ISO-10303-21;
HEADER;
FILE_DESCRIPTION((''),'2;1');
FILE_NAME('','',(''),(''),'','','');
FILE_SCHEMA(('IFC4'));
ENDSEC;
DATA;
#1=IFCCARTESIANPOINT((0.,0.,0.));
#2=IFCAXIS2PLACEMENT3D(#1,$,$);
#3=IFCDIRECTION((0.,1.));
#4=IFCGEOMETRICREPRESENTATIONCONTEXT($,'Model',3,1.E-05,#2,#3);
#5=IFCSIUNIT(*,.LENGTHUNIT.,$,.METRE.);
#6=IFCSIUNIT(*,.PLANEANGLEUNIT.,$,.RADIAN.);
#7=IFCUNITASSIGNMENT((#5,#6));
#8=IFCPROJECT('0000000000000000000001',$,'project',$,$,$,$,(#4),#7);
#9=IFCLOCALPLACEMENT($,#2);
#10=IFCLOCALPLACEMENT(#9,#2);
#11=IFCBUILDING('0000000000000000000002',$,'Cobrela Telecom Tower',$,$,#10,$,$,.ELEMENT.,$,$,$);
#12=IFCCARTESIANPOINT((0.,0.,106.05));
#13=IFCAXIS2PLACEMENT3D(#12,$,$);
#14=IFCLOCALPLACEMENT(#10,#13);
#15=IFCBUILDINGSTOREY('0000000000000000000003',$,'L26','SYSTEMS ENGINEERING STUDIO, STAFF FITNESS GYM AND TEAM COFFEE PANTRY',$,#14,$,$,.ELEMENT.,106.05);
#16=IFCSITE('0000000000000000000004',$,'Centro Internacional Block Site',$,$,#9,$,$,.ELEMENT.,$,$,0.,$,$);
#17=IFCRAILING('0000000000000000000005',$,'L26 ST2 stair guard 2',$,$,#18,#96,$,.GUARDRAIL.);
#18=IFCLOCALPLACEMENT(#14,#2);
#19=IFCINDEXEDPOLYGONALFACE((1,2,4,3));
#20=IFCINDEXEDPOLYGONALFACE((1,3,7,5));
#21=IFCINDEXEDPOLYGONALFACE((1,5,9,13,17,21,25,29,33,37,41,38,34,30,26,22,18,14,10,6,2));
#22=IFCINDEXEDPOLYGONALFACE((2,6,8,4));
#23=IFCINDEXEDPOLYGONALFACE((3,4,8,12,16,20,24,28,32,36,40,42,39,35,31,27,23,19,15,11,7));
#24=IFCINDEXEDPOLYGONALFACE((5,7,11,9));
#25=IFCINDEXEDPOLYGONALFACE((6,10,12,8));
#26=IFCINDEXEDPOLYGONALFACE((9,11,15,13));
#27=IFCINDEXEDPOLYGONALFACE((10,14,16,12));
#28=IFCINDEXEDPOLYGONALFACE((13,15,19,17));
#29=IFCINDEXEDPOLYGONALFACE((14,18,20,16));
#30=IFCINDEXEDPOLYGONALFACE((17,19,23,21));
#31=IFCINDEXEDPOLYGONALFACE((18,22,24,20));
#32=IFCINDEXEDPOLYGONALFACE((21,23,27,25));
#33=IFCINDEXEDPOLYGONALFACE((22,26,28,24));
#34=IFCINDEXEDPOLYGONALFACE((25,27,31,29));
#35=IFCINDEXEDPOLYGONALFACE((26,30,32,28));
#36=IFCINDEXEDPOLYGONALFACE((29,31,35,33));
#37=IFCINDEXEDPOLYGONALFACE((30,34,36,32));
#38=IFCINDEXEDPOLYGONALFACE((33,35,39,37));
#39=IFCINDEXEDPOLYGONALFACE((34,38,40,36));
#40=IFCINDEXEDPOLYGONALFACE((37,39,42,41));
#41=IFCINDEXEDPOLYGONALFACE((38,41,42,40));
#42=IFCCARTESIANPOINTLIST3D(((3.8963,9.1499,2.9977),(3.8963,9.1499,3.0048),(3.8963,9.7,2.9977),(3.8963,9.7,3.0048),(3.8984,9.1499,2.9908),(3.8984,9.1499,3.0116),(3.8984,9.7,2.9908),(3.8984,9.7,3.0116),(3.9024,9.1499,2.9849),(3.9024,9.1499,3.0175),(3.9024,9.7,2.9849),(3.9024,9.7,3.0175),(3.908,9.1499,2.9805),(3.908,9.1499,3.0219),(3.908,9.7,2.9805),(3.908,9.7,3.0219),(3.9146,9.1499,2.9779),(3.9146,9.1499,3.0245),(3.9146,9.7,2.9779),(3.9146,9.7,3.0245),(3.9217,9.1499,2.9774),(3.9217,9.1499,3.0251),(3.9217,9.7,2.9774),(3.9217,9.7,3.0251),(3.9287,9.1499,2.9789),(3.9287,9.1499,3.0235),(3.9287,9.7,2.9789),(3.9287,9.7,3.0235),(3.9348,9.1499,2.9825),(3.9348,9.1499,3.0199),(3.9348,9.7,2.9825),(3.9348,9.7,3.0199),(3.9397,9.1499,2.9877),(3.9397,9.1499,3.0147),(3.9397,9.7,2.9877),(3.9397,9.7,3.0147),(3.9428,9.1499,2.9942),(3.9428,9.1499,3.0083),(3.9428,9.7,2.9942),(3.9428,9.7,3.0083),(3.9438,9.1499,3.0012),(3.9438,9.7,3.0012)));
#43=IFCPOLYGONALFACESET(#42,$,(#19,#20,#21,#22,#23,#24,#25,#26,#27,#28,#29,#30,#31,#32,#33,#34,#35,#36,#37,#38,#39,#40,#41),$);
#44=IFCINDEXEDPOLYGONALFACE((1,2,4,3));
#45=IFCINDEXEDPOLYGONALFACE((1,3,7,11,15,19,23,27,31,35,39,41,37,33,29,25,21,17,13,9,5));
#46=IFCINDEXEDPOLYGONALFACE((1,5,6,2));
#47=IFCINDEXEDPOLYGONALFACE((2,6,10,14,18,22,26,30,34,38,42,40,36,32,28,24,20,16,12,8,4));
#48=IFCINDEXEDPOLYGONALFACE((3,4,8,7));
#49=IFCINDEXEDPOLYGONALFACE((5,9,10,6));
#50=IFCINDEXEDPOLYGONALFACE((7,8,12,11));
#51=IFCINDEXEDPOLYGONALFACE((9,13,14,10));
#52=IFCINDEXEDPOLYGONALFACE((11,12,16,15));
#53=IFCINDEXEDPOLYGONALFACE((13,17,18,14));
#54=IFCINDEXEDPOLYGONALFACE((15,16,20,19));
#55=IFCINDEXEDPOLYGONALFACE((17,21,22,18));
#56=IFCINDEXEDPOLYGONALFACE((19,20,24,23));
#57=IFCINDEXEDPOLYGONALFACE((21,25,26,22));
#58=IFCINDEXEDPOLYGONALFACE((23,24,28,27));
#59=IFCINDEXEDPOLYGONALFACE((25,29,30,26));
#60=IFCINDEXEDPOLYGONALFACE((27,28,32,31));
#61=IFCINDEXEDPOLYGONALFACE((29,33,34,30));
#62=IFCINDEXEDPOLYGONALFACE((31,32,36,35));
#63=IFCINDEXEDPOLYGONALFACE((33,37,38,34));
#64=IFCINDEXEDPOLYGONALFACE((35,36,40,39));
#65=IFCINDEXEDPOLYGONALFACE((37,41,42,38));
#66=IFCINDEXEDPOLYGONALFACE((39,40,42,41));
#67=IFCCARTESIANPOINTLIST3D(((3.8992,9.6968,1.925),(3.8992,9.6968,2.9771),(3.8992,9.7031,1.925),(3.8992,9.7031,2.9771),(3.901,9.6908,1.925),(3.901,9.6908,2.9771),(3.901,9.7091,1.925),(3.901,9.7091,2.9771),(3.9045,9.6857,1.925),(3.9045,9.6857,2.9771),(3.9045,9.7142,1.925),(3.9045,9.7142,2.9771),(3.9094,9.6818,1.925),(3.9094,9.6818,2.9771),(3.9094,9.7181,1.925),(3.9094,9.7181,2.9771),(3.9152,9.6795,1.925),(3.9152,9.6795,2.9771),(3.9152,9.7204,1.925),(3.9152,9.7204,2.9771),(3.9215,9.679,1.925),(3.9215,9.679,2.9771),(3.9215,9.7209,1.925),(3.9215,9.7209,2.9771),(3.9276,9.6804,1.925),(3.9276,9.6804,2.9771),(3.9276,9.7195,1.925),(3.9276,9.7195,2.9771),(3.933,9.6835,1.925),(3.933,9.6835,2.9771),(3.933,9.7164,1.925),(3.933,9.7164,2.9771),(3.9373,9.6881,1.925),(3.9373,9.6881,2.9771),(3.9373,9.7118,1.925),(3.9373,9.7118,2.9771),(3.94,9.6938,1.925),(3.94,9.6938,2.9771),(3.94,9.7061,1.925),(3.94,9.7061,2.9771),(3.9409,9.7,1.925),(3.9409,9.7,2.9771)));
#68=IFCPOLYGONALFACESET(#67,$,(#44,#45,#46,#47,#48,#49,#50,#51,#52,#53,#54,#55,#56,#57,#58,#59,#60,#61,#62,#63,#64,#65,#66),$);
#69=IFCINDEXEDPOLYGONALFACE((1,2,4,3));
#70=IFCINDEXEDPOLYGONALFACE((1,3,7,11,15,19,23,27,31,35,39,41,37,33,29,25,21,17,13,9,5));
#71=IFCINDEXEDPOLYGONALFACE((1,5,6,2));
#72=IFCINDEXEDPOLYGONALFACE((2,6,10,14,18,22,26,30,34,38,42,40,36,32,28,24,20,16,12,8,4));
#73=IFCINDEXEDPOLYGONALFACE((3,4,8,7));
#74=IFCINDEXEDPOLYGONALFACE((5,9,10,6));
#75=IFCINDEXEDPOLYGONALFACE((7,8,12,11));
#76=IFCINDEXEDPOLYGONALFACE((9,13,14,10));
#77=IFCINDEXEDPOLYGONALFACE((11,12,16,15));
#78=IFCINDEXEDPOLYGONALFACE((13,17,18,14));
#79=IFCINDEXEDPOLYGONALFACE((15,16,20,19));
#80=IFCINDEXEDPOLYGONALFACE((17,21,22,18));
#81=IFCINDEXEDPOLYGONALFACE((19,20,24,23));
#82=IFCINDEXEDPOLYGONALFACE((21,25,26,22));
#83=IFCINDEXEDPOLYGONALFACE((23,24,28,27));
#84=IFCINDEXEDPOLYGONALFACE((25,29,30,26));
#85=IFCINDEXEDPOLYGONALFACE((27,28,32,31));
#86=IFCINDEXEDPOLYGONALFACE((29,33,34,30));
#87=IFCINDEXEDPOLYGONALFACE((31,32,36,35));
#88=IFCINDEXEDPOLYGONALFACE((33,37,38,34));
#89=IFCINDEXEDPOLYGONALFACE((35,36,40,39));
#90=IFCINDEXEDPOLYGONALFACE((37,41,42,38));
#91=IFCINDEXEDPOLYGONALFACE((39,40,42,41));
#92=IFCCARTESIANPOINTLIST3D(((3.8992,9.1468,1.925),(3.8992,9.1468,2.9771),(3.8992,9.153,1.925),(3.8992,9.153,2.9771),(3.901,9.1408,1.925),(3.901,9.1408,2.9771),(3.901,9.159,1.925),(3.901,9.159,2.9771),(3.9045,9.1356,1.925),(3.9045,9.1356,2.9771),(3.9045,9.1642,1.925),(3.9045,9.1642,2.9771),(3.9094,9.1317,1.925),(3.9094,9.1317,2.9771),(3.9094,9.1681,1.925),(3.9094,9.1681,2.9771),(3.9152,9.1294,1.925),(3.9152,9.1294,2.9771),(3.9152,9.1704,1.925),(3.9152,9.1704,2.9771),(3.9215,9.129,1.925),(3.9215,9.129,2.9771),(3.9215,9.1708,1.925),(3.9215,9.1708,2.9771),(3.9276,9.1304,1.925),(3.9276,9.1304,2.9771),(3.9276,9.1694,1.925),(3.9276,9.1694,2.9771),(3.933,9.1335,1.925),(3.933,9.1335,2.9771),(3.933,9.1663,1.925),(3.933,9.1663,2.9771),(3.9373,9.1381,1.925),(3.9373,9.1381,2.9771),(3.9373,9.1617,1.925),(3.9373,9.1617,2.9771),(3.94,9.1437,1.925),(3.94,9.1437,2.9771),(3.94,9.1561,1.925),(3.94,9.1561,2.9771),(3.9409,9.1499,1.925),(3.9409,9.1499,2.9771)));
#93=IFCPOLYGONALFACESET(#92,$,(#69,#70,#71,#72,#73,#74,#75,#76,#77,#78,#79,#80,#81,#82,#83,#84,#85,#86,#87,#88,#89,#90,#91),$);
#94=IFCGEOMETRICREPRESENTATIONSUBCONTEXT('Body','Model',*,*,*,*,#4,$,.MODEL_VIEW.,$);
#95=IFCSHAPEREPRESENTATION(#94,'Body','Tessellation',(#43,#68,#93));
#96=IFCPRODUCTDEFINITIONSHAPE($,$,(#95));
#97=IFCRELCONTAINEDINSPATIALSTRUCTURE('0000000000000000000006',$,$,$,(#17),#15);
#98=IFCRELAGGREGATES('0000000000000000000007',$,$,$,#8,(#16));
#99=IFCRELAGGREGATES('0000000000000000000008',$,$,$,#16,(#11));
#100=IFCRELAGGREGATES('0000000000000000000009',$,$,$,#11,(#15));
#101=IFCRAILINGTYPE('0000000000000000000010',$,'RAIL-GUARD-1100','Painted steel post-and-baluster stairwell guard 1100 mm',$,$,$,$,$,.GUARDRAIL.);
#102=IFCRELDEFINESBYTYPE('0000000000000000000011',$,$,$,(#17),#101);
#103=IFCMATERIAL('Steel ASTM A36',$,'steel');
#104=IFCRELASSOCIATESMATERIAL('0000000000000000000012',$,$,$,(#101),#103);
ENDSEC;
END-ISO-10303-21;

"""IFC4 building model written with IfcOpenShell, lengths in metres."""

from ifc_helpers import new_model, si_unit, direction, frame, origin, origin_2d, place, context, subcontext, project, spatial, circle, extrude, material, type_object, element, save


model = new_model("IFC4")

# Units and contexts
model_context = context("Model", 3, precision=1e-05, world=origin(), true_north=direction((0.0, 1.0)))
body_context = subcontext(model_context, "Body", "Model", "MODEL_VIEW")
ifc_project = project(units=[si_unit("LENGTHUNIT", "METRE"), si_unit("PLANEANGLEUNIT", "RADIAN")], contexts=[model_context])

# Site, building, storey
site_placement = place(None, origin())
site = spatial("IfcSite", under=ifc_project, at=site_placement, Name="Centro Internacional Block Site", CompositionType="ELEMENT", RefElevation=0.0)
building_placement = place(site_placement, origin())
building = spatial("IfcBuilding", under=site, at=building_placement, Name="Cobrela Telecom Tower", CompositionType="ELEMENT")
storey_placement = place(building_placement, frame((0.0, 0.0, 106.05)))
storey = spatial("IfcBuildingStorey", under=building, at=storey_placement, Name="L26", Description="SYSTEMS ENGINEERING STUDIO, STAFF FITNESS GYM AND TEAM COFFEE PANTRY", CompositionType="ELEMENT", Elevation=106.05)

# Shared definitions
ifc_material_1 = material(Name="Steel ASTM A36", Category="steel")

# Railing
railing_type_1 = type_object("IfcRailingType", Name="RAIL-GUARD-1100", Description="Painted steel post-and-baluster stairwell guard 1100 mm", PredefinedType="GUARDRAIL", material=ifc_material_1)
railing_1_placement = place(storey_placement, frame((3.9199, 9.7, 1.925)))
element("IfcRailing", 1, at=railing_1_placement, inside=storey, type_object=railing_type_1, Name="L26 ST2 stair guard 2", PredefinedType="GUARDRAIL", context=body_context, shape_type="SweptSolid", body=[
    extrude(circle(Radius=0.0239, at=origin_2d()), frame((0.0, 0.0, 1.0762), z_axis=(0.0, -1.0, 0.0), x_axis=(1.0, 0.0, 0.0)), (0.0, 0.0, 1.0), 0.55),
    extrude(circle(Radius=0.021, at=origin_2d()), origin(), (0.0, 0.0, 1.0), 1.052),
    extrude(circle(Radius=0.021, at=origin_2d()), frame((0.0, -0.55, 0.0)), (0.0, 0.0, 1.0), 1.052),
])

save(model, "model.ifc")
